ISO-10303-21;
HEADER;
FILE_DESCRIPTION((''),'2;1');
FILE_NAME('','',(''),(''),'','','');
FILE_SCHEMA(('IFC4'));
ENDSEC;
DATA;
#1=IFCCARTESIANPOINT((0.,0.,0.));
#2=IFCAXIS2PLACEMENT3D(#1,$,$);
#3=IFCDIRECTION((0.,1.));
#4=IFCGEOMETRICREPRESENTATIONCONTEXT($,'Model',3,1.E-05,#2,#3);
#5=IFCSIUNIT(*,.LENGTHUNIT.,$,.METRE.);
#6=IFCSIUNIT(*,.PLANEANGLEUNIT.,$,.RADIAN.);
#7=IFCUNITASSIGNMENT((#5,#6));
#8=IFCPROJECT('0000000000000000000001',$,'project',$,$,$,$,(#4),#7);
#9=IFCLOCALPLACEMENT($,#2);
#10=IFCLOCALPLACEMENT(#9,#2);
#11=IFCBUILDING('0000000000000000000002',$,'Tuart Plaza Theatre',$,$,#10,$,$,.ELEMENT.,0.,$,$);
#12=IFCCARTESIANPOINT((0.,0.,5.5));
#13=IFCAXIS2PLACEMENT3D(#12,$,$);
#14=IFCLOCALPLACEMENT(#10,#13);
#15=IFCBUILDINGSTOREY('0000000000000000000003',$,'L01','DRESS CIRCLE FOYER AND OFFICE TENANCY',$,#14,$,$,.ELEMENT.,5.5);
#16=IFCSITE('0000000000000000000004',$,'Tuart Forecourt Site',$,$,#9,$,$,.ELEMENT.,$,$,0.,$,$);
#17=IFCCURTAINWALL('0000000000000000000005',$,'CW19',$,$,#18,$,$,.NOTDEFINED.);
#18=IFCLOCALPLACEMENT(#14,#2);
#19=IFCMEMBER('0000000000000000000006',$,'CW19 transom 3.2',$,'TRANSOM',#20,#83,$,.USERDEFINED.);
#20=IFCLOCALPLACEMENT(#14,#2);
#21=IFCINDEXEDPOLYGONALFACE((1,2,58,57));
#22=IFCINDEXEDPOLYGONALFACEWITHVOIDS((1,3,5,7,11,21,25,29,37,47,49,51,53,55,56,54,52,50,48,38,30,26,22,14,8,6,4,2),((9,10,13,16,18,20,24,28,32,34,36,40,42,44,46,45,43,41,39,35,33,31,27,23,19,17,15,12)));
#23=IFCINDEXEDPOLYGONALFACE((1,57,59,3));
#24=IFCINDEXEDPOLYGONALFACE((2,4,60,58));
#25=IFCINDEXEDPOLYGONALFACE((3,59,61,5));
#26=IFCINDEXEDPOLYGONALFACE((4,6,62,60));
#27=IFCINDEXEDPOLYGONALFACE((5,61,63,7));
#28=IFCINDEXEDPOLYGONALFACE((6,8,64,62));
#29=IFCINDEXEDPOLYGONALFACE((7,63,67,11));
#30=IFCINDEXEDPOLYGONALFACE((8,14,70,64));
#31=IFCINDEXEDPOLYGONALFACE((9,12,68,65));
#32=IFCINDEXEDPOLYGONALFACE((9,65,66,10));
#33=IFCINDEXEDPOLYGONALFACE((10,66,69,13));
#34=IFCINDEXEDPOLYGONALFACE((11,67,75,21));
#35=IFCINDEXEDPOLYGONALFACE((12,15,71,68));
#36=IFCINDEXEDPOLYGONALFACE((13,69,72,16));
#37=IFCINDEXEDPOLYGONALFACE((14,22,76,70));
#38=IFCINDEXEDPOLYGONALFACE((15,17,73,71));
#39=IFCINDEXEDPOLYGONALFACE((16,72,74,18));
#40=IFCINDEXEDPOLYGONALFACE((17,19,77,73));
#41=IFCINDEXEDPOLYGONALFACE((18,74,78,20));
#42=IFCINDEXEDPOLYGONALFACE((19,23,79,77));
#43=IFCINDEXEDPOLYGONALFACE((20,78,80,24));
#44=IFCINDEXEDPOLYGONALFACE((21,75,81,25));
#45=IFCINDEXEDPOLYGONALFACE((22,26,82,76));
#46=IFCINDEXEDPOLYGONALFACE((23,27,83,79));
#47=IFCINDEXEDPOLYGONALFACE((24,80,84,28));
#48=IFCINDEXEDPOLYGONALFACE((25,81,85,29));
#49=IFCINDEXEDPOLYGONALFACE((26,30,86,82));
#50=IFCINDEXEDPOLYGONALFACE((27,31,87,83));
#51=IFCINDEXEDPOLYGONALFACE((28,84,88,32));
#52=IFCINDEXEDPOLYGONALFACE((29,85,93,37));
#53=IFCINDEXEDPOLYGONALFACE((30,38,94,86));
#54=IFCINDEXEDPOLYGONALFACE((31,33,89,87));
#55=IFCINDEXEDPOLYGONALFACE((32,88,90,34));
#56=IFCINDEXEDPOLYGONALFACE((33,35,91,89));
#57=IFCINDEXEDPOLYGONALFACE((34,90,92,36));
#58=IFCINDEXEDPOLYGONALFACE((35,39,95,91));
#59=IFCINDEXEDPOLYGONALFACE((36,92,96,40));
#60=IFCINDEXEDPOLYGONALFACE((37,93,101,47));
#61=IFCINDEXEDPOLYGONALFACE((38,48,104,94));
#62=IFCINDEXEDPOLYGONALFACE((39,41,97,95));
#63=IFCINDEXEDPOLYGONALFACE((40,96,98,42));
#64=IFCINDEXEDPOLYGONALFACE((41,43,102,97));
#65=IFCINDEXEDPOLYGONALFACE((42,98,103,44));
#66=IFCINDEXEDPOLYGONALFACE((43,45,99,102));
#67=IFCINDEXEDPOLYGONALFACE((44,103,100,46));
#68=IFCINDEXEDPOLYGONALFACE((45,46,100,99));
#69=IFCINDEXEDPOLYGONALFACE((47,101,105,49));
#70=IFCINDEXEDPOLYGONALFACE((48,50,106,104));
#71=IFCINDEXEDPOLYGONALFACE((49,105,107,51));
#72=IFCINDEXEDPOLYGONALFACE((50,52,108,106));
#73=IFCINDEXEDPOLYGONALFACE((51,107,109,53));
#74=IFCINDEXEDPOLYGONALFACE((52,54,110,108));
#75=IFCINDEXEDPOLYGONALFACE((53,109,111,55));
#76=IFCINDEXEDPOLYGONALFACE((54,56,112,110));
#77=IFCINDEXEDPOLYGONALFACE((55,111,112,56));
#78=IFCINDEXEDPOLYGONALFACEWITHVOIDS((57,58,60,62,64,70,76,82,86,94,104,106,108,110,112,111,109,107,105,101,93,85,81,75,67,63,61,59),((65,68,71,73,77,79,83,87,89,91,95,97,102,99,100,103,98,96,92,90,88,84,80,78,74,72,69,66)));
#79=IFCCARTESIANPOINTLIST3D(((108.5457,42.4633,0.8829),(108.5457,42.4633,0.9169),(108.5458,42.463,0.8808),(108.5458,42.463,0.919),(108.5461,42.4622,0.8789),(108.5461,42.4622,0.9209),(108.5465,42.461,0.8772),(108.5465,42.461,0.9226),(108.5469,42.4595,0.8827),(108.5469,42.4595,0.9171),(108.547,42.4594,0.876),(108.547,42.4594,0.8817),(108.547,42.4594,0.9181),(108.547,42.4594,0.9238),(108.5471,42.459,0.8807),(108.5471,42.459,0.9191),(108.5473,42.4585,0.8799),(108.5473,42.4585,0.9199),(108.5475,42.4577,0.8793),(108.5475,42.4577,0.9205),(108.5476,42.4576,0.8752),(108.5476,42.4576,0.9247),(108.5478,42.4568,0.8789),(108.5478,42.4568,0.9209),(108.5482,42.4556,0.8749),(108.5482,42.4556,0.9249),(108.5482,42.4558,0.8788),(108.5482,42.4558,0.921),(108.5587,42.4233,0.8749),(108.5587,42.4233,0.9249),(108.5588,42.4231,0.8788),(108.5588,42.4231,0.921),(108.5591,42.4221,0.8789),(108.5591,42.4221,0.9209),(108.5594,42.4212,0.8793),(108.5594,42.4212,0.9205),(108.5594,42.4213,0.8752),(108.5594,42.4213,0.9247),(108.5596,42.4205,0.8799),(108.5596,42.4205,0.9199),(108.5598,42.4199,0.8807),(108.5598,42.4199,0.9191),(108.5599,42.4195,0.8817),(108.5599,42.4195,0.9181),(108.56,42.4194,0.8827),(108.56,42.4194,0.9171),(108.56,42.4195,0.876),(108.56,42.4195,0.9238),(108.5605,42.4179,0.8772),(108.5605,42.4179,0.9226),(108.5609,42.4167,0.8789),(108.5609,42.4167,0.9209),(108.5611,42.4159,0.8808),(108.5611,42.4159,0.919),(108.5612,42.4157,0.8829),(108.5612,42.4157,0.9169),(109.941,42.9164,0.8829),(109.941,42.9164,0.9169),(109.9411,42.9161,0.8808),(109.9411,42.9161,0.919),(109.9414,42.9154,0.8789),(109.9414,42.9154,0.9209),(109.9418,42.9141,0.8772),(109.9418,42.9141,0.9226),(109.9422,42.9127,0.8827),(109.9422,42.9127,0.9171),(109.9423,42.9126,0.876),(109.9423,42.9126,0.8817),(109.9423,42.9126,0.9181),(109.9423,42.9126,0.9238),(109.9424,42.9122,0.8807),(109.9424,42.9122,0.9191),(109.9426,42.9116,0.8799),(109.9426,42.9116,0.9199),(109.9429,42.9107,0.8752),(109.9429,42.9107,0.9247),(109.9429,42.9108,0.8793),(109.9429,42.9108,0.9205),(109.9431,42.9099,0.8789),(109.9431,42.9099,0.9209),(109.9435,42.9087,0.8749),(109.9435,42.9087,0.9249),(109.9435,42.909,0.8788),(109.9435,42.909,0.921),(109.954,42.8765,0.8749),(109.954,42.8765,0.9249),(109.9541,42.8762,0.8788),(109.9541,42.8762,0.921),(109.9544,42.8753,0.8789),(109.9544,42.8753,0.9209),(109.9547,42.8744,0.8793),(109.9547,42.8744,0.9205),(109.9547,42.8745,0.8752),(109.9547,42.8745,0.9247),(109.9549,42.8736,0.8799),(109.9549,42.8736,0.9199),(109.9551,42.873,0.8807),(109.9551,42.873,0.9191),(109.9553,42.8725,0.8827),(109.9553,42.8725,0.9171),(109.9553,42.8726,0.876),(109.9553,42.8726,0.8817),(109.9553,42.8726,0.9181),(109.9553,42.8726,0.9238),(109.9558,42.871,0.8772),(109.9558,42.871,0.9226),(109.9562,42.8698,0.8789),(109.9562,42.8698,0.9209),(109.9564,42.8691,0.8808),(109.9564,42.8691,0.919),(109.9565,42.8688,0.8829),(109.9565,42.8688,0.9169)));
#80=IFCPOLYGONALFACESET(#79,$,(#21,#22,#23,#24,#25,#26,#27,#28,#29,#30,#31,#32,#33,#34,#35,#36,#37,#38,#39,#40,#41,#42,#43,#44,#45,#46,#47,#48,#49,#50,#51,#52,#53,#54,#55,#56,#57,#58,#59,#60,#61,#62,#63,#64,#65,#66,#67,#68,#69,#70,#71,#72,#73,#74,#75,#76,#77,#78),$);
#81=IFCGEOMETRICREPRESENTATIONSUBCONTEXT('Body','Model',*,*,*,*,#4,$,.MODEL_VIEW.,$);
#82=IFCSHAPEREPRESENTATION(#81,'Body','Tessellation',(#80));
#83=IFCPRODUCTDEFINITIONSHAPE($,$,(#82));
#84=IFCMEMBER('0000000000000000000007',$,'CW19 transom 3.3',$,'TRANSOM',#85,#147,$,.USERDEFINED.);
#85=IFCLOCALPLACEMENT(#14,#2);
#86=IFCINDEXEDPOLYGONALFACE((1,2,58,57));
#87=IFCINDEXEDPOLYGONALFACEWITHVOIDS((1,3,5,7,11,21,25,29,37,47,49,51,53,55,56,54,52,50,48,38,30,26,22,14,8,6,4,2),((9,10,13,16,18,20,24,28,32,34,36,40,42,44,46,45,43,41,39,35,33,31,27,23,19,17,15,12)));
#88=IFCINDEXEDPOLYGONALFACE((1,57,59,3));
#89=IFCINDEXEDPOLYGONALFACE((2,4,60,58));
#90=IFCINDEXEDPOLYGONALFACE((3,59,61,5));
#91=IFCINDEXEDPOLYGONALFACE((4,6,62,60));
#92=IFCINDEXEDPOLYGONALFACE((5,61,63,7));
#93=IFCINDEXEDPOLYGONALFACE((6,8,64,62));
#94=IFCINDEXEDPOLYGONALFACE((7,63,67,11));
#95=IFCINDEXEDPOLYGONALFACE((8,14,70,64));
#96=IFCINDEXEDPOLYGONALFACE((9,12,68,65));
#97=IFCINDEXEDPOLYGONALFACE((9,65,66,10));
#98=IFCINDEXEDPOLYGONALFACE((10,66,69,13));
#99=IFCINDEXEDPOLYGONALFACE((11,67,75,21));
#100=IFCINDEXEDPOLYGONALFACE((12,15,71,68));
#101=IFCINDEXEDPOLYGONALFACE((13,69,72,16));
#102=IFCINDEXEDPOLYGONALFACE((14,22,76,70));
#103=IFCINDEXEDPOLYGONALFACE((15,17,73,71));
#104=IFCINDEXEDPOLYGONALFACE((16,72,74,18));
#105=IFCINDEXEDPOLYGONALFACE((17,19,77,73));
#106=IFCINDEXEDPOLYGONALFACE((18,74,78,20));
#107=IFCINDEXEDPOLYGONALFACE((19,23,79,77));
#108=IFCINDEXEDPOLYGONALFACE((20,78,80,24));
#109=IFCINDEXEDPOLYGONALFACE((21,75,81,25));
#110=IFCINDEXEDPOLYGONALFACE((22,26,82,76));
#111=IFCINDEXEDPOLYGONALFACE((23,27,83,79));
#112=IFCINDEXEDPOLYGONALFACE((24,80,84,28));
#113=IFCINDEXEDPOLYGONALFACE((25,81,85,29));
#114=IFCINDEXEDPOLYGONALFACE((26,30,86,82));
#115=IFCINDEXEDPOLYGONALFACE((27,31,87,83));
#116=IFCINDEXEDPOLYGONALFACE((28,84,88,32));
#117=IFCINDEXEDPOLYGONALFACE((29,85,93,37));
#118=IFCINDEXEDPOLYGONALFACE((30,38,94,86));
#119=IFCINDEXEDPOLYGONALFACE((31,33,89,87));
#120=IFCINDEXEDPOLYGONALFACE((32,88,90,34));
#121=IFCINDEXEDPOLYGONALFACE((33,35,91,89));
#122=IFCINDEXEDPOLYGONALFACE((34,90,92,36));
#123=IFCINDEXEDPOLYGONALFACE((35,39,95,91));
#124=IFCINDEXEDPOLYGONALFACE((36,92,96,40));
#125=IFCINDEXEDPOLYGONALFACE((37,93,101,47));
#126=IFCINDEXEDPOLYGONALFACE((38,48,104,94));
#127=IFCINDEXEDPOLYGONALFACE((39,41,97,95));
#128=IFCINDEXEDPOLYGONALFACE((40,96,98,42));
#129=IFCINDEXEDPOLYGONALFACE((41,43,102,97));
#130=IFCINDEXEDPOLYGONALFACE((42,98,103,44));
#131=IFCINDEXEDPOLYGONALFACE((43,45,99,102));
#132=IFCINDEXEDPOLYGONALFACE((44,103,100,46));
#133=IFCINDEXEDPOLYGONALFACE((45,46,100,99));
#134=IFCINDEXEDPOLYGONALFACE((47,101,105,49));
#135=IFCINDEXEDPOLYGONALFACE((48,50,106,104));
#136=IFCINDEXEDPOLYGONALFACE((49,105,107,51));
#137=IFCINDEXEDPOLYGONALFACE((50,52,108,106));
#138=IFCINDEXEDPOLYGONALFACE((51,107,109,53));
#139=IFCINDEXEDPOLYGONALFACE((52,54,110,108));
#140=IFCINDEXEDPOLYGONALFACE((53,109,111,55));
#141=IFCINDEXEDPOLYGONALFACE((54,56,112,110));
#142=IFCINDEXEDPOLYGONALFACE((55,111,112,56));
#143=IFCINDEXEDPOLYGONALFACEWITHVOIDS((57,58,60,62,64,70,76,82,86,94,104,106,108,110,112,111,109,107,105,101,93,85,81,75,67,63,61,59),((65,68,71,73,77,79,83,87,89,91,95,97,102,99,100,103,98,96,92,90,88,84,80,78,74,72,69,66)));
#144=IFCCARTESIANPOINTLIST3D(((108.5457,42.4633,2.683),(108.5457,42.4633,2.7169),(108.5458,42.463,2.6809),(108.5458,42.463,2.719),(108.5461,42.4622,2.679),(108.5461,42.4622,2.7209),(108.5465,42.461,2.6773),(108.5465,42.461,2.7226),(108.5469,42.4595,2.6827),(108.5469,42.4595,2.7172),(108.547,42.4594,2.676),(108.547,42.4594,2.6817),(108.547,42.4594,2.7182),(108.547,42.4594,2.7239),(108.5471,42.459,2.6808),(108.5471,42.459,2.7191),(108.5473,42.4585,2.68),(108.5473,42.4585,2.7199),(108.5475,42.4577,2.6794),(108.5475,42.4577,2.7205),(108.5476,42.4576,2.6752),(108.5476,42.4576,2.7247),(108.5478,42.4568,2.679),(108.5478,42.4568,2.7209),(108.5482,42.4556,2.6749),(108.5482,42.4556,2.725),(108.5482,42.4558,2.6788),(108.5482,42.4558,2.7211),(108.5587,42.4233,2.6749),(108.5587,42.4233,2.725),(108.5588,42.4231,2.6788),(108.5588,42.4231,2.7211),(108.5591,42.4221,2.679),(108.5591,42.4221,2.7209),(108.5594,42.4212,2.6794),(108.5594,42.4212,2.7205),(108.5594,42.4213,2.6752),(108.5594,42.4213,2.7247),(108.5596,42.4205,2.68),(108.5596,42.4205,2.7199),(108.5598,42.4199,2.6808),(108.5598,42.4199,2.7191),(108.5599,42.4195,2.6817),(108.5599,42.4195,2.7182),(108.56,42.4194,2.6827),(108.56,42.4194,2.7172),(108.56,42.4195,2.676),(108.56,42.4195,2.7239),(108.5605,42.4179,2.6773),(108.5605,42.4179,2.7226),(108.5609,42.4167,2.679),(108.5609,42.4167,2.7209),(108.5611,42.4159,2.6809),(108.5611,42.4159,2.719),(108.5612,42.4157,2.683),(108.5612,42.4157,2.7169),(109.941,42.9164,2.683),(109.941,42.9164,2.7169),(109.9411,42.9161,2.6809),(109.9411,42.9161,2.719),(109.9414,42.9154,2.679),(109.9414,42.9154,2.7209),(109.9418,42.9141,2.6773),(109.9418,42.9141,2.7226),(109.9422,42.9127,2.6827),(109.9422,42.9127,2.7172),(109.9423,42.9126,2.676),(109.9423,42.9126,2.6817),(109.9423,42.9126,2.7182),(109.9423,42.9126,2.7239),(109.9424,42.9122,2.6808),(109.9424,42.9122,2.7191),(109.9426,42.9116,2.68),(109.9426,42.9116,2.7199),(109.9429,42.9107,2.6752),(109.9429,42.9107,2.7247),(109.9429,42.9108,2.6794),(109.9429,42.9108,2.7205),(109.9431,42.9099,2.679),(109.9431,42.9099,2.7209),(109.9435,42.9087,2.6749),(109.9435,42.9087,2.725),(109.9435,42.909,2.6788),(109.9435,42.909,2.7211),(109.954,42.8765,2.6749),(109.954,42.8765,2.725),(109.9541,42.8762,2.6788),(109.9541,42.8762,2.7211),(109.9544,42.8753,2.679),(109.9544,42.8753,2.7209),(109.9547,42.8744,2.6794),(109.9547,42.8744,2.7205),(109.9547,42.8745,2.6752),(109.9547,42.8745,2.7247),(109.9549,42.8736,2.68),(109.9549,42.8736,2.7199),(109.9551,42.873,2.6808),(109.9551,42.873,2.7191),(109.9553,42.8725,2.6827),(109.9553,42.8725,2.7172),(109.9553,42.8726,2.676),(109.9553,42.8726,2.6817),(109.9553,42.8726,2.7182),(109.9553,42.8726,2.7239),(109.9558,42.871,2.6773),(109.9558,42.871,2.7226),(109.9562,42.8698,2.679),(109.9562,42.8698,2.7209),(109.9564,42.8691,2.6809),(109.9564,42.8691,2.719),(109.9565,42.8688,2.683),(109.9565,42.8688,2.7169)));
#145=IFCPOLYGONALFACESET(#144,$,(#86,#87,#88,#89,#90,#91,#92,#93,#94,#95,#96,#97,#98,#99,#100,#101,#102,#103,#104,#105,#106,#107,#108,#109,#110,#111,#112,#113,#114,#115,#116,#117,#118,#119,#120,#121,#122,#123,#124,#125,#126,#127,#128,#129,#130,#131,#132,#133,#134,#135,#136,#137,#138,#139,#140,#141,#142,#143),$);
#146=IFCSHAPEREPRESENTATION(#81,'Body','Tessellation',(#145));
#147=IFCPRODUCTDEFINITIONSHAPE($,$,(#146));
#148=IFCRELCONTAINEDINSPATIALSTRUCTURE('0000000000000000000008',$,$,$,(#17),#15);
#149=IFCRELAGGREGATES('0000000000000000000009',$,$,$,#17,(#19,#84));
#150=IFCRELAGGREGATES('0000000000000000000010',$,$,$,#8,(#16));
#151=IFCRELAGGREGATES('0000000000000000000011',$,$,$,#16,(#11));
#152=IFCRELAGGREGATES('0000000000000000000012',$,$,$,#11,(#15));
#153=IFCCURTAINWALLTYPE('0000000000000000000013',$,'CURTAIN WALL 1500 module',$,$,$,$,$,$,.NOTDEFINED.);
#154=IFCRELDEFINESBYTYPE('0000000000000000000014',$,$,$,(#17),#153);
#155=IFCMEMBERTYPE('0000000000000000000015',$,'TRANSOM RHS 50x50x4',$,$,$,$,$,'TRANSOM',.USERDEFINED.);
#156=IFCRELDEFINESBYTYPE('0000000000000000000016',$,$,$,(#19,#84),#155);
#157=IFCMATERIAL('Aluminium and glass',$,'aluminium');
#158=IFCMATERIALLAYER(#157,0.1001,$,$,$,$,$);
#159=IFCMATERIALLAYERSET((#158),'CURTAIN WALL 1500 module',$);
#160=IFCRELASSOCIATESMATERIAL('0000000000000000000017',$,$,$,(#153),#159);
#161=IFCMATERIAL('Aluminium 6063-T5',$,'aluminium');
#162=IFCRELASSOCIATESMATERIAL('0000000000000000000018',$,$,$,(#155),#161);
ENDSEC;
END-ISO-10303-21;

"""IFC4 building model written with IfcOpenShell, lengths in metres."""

from ifc_helpers import new_model, si_unit, direction, frame, origin, origin_2d, place, context, subcontext, project, spatial, hollow_rectangle, extrude, material, layer, layer_set, material_profile, profile_set, type_object, element, aggregate, save


model = new_model("IFC4")

# Units and contexts
model_context = context("Model", 3, precision=1e-05, world=origin(), true_north=direction((0.0, 1.0)))
body_context = subcontext(model_context, "Body", "Model", "MODEL_VIEW")
ifc_project = project(units=[si_unit("LENGTHUNIT", "METRE"), si_unit("PLANEANGLEUNIT", "RADIAN")], contexts=[model_context])

# Site, building, storey
site_placement = place(None, origin())
site = spatial("IfcSite", under=ifc_project, at=site_placement, Name="Tuart Forecourt Site", CompositionType="ELEMENT", RefElevation=0.0)
building_placement = place(site_placement, origin())
building = spatial("IfcBuilding", under=site, at=building_placement, Name="Tuart Plaza Theatre", CompositionType="ELEMENT", ElevationOfRefHeight=0.0)
storey_placement = place(building_placement, frame((0.0, 0.0, 5.5)))
storey = spatial("IfcBuildingStorey", under=building, at=storey_placement, Name="L01", Description="DRESS CIRCLE FOYER AND OFFICE TENANCY", CompositionType="ELEMENT", Elevation=5.5)

# Curtain wall
ifc_material_1 = material(Name="Aluminium and glass", Category="aluminium")
ifc_layer_1 = layer(ifc_material_1, 0.1001)
ifc_layer_set_1 = layer_set([ifc_layer_1], Name="CURTAIN WALL 1500 module")
curtain_wall_type = type_object("IfcCurtainWallType", Name="CURTAIN WALL 1500 module", PredefinedType="NOTDEFINED", material=ifc_layer_set_1)
curtain_wall_1_placement = place(storey_placement, origin())
curtain_wall_1 = element("IfcCurtainWall", 1, at=curtain_wall_1_placement, inside=storey, type_object=curtain_wall_type, Name="CW19", PredefinedType="NOTDEFINED")

# Members
ifc_material_2 = material(Name="Aluminium 6063-T5", Category="aluminium")
ifc_material_profile_1 = material_profile(ifc_material_2, hollow_rectangle(XDim=0.05, YDim=0.05, WallThickness=0.0039, InnerFilletRadius=0.0039, OuterFilletRadius=0.0081, at=origin_2d()), Name="RHS 50x50x4")
ifc_profile_set_1 = profile_set([ifc_material_profile_1], Name="Aluminium 6063-T5")
member_type_1 = type_object("IfcMemberType", Name="TRANSOM RHS 50x50x4", ElementType="TRANSOM", PredefinedType="USERDEFINED", material=ifc_profile_set_1)
member_1_placement = place(storey_placement, frame((108.5535, 42.4395, 0.8999), z_axis=(0.951101, 0.308879, 0.0), x_axis=(-0.308879, 0.951101, 0.0)))
member_1 = element("IfcMember", 2, at=member_1_placement, type_object=member_type_1, Name="CW19 transom 3.2", ObjectType="TRANSOM", PredefinedType="USERDEFINED", context=body_context, shape_type="SweptSolid", body=[
    extrude(hollow_rectangle(XDim=0.05, YDim=0.05, WallThickness=0.0039, InnerFilletRadius=0.0039, OuterFilletRadius=0.0081, at=origin_2d()), origin(), (0.0, 0.0, 1.0), 1.467),
])
member_2_placement = place(storey_placement, frame((108.5535, 42.4395, 2.7), z_axis=(0.951101, 0.308879, 0.0), x_axis=(-0.308879, 0.951101, 0.0)))
member_2 = element("IfcMember", 3, at=member_2_placement, type_object=member_type_1, Name="CW19 transom 3.3", ObjectType="TRANSOM", PredefinedType="USERDEFINED", context=body_context, shape_type="SweptSolid", body=[
    extrude(hollow_rectangle(XDim=0.05, YDim=0.05, WallThickness=0.0039, InnerFilletRadius=0.0039, OuterFilletRadius=0.0081, at=origin_2d()), origin(), (0.0, 0.0, 1.0), 1.467),
])

aggregate(curtain_wall_1, [member_1, member_2])

save(model, "model.ifc")
